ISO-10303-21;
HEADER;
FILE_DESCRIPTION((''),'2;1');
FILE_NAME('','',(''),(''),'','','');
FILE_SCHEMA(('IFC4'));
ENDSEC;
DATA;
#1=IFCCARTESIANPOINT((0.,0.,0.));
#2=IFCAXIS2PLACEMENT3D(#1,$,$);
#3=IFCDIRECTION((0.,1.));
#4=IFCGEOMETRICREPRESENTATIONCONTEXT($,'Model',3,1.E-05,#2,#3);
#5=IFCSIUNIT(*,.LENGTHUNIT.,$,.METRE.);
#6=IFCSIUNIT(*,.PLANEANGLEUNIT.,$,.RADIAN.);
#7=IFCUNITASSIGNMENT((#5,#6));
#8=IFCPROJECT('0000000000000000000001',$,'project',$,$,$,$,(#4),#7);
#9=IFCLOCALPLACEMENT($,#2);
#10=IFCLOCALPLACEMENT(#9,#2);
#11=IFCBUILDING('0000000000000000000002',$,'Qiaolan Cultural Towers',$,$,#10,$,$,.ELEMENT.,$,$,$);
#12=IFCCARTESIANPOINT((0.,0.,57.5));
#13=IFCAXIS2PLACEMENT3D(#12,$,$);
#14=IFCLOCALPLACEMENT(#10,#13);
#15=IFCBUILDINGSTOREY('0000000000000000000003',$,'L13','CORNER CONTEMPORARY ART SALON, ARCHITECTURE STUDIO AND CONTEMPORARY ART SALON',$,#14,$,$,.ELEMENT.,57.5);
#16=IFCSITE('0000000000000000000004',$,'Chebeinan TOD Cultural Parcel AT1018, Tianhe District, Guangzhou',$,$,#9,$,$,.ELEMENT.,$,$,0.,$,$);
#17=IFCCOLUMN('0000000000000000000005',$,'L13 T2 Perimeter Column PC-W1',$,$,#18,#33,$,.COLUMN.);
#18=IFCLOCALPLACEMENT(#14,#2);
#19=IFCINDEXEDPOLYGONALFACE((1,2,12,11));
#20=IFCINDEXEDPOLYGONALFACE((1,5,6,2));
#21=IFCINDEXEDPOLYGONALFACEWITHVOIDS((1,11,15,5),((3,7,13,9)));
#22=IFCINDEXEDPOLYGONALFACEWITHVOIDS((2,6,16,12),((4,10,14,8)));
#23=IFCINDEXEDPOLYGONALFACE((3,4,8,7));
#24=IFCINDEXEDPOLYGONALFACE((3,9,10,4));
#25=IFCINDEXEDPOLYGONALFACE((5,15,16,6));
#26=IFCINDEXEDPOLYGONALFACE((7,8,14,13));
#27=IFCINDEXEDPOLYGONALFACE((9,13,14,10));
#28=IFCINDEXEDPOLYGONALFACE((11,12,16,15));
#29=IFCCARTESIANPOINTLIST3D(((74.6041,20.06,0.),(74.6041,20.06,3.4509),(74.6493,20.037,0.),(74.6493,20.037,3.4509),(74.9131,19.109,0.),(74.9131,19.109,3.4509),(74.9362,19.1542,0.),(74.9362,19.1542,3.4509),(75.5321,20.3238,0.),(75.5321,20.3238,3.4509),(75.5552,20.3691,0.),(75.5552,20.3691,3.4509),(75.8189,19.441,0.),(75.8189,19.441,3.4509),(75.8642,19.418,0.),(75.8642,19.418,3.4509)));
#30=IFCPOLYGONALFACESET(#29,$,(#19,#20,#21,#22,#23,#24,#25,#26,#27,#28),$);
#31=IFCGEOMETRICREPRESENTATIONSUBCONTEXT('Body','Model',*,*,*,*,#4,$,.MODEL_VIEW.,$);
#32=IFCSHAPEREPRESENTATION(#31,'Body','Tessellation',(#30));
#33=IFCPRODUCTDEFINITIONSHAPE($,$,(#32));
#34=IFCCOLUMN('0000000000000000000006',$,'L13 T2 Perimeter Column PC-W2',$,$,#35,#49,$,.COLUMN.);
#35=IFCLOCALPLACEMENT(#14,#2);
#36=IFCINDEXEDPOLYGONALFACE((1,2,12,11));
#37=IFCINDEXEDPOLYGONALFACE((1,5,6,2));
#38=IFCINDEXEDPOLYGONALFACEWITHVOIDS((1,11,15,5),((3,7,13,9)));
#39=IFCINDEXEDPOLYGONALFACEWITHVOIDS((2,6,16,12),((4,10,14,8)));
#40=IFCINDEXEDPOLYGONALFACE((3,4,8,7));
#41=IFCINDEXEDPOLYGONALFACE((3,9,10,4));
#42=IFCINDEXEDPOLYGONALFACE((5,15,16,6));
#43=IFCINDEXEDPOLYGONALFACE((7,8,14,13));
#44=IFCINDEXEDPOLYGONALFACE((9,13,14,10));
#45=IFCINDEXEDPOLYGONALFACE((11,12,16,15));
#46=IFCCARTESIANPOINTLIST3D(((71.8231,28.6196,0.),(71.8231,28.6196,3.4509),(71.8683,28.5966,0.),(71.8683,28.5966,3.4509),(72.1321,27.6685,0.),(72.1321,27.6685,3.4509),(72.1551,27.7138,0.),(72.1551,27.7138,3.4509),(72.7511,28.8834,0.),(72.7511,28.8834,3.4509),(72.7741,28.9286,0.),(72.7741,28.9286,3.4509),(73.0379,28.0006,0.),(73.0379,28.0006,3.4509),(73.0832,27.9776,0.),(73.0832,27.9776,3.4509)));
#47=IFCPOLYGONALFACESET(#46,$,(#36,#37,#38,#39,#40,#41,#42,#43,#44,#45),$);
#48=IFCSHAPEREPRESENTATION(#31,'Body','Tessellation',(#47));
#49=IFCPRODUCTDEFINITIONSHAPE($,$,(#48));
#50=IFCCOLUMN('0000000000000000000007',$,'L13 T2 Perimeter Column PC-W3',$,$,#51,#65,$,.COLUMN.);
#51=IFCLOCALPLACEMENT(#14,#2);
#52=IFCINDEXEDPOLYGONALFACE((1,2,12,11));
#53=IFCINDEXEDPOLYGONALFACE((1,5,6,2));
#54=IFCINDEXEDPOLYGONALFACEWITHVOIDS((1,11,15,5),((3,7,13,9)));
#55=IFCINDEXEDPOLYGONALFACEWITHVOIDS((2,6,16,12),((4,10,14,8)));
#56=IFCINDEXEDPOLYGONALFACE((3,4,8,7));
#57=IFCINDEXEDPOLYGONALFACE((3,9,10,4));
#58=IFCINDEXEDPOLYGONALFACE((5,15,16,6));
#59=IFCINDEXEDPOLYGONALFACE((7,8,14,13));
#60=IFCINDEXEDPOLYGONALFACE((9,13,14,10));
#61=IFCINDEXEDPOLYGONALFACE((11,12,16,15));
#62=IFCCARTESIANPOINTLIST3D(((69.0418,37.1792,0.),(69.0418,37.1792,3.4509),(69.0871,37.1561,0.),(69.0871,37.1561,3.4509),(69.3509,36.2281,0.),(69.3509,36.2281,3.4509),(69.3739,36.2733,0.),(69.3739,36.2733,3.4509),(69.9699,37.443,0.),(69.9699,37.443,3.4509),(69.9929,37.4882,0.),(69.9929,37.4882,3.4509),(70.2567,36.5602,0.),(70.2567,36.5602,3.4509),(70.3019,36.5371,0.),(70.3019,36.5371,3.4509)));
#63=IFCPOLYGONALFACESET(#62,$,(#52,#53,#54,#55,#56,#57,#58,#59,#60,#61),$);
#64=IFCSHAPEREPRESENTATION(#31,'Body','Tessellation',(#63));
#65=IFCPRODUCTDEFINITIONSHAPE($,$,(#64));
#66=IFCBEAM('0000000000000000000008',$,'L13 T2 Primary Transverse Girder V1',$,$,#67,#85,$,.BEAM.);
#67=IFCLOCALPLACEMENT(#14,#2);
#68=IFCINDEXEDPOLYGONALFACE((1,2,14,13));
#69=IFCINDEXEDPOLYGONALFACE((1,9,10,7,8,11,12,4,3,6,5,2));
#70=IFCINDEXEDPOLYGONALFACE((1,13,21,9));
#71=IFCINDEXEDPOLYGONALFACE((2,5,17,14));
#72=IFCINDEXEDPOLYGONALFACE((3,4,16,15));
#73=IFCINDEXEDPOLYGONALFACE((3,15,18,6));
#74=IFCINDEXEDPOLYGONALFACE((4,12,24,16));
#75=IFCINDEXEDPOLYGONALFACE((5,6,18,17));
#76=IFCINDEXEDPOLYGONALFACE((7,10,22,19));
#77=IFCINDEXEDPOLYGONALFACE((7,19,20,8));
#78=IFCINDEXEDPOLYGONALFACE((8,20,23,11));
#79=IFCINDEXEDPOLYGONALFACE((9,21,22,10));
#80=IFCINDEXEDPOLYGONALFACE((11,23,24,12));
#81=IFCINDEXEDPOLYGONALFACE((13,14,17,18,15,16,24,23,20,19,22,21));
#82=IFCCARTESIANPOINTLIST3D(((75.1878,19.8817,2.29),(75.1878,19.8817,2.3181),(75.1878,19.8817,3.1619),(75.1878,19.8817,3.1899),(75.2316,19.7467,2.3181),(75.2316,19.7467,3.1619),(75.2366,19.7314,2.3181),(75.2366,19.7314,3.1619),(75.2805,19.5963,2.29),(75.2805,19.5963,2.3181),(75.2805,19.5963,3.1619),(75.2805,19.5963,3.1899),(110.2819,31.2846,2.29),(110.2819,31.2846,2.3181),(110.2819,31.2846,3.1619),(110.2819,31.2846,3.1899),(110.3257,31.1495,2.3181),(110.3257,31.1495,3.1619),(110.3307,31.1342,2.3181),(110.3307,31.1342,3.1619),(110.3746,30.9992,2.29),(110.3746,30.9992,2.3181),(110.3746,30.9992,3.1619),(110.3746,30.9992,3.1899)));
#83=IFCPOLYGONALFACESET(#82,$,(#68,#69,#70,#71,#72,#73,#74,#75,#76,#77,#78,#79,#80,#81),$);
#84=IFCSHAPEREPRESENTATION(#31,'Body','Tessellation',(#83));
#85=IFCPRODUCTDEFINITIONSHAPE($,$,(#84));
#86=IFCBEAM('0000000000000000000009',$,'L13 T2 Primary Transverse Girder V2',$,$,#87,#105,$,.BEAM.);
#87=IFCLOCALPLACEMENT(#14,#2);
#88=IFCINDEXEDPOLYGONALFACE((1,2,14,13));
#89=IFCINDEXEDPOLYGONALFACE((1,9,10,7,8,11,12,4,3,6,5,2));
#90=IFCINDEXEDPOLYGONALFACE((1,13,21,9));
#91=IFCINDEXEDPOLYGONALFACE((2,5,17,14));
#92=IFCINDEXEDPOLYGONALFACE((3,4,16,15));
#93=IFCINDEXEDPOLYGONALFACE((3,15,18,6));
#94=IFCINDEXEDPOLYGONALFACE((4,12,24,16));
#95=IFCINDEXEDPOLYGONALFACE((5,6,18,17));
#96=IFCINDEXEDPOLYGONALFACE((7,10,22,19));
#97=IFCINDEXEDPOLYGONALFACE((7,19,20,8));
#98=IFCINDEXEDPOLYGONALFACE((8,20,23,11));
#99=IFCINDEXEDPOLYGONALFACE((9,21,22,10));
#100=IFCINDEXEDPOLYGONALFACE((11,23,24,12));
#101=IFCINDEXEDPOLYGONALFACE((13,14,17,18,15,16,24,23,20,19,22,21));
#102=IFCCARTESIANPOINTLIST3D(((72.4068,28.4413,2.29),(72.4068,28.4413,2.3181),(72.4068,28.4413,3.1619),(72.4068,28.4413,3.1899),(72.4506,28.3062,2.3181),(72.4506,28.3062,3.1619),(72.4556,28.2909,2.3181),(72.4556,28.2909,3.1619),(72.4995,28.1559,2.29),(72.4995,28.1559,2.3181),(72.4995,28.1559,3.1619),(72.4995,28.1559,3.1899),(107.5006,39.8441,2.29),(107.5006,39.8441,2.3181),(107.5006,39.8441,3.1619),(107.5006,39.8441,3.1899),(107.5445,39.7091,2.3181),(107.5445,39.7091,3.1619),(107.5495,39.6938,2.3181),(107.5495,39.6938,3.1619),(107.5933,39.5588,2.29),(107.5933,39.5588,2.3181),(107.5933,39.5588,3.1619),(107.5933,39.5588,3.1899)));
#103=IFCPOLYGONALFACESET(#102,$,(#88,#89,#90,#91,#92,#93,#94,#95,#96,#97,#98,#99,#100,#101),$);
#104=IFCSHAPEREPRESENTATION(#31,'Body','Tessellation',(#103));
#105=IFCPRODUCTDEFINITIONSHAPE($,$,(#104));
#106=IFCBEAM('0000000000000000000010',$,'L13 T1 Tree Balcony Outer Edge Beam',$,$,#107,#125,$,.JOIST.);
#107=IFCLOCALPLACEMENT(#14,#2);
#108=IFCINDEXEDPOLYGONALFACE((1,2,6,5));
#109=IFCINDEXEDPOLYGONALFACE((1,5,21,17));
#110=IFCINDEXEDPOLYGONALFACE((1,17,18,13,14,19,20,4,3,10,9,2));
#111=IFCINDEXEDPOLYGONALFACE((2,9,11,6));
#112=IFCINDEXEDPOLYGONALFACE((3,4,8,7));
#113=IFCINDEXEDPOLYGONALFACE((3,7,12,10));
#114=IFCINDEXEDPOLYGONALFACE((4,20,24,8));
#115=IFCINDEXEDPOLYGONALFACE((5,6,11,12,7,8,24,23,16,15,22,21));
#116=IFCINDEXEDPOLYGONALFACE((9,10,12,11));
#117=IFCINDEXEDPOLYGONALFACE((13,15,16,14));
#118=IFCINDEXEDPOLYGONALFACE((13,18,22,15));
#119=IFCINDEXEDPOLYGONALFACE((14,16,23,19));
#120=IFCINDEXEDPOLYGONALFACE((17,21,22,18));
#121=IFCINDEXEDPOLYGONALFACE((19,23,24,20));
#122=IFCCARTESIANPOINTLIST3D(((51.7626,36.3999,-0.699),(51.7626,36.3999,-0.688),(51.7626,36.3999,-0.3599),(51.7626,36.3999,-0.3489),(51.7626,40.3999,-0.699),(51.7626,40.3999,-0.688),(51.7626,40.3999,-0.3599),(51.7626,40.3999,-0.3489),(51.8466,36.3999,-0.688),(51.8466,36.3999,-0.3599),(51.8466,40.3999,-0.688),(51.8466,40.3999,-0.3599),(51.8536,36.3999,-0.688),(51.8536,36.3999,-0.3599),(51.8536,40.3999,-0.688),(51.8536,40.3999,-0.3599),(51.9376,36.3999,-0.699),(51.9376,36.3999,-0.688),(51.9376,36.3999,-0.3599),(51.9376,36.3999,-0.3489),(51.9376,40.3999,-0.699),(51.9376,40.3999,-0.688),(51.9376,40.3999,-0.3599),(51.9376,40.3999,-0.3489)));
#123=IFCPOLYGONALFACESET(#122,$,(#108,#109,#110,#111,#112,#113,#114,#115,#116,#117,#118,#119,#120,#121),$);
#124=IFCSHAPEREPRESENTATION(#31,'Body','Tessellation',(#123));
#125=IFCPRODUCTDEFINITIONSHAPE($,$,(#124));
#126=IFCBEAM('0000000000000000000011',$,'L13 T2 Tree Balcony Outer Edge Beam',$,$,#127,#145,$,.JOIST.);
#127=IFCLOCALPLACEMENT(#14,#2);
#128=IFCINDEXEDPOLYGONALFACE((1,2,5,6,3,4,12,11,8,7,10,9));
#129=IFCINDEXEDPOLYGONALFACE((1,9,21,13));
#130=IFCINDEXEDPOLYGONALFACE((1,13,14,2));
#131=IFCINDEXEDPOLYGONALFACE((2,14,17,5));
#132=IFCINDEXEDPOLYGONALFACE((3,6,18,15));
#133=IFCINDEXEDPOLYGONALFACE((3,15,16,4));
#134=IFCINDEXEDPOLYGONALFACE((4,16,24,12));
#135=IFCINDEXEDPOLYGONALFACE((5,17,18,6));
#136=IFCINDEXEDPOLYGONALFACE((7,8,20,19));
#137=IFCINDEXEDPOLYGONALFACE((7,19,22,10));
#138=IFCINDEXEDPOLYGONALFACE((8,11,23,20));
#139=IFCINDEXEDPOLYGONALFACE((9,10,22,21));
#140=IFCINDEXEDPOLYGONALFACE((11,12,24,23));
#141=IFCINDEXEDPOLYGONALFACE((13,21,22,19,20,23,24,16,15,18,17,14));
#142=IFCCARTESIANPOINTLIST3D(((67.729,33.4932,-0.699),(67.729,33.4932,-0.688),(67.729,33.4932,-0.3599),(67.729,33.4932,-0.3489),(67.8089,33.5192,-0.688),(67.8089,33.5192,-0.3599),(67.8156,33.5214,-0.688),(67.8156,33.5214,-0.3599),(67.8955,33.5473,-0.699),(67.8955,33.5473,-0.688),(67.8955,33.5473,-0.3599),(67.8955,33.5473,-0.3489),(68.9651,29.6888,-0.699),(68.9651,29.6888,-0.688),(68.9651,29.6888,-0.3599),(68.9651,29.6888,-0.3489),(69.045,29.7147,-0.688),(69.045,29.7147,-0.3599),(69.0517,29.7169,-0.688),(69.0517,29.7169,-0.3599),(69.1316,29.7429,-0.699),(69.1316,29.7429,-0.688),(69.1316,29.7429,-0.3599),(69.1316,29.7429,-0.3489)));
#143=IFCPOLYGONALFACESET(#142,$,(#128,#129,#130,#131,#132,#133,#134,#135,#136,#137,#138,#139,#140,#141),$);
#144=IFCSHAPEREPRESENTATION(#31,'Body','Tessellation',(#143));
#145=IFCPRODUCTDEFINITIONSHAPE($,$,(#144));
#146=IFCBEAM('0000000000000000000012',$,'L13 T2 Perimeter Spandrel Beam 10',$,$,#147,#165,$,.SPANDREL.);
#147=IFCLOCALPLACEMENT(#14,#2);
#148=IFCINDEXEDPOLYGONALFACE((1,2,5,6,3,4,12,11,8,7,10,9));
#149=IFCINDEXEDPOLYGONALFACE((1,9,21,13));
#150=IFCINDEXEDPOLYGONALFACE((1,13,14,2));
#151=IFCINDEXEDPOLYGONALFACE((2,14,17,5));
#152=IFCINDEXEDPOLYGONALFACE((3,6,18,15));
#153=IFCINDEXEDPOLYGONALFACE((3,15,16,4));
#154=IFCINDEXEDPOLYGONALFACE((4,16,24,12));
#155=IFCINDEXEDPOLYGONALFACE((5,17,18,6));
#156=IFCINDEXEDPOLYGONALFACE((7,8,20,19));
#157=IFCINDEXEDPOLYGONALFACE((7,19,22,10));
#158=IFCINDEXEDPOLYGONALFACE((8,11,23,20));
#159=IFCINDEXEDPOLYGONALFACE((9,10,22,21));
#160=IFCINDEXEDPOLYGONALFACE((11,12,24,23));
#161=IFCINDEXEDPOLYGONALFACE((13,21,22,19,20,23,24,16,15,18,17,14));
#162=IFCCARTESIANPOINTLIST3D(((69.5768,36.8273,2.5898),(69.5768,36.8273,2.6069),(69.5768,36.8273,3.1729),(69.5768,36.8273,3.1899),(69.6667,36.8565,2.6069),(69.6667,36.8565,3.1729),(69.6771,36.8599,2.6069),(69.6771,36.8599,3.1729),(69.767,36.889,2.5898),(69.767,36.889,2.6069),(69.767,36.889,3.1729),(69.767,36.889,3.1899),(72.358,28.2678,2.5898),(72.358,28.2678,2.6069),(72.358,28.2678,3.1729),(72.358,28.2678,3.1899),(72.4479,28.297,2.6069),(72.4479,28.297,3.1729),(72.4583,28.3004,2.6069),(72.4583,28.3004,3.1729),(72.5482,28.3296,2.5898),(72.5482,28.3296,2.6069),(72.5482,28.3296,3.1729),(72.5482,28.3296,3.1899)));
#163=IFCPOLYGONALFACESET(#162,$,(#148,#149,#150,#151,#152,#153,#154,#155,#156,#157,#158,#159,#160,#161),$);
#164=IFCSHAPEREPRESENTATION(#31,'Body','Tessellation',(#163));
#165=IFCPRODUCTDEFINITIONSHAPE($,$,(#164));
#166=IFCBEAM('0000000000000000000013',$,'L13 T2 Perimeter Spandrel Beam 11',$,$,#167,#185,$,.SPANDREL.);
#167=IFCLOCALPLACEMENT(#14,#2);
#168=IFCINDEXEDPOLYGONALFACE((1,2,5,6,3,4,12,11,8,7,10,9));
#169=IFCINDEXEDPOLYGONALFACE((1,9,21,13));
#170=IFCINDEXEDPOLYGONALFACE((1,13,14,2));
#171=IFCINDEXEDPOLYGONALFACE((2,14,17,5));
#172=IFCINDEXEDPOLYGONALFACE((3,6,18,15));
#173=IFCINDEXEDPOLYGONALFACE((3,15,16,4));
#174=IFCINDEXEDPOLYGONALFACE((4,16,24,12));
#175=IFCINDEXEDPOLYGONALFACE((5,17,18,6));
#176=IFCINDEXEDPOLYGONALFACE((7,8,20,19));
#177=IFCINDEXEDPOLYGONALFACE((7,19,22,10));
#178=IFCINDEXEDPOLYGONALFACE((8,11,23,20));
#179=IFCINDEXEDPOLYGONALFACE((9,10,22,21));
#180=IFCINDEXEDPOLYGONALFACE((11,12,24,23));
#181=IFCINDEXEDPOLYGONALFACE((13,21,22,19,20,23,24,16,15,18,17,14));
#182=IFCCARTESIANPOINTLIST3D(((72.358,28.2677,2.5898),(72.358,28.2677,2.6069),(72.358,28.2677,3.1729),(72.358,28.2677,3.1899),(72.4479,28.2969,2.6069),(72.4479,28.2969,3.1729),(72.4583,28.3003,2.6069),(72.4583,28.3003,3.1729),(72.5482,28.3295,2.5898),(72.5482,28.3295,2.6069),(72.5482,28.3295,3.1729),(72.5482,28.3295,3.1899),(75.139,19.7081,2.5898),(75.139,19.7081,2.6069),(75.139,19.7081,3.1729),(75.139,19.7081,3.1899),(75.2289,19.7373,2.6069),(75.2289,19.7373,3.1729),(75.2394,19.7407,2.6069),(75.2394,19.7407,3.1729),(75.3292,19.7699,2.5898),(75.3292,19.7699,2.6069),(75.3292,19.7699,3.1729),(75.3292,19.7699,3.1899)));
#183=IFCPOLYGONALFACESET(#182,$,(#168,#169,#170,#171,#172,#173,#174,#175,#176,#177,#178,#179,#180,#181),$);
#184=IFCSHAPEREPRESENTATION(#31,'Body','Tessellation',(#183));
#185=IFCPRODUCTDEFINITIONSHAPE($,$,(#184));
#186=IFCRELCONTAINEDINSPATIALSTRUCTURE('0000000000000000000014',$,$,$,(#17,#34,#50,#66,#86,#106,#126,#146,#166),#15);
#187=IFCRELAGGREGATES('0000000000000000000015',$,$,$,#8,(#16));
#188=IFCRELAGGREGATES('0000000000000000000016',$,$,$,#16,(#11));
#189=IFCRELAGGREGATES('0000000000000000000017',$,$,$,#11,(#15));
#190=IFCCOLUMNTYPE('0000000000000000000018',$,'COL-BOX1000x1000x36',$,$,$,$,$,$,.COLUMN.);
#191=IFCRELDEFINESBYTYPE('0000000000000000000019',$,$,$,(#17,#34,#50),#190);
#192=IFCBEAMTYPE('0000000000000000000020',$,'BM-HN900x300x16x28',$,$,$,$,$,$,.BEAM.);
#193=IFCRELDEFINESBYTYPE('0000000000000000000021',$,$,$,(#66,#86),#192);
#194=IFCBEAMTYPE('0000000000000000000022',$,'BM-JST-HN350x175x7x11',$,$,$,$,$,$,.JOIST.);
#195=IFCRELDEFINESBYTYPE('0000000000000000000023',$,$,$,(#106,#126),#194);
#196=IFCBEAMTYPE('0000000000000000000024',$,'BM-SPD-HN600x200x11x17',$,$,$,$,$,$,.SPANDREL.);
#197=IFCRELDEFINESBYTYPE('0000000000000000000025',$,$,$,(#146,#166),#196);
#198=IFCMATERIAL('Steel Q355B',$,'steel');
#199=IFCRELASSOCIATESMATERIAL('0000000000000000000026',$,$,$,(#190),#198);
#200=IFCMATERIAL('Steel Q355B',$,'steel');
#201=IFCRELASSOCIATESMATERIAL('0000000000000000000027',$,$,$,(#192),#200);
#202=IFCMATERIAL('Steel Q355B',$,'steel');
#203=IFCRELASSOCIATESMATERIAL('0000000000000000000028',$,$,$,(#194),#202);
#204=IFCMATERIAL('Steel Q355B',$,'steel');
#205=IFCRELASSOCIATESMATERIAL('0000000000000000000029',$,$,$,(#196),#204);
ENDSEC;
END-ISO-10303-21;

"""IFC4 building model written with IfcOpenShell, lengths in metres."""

from ifc_helpers import new_model, si_unit, direction, frame, origin, origin_2d, place, context, subcontext, project, spatial, hollow_rectangle, i_section, extrude, material, material_profile, profile_set, type_object, element, save


model = new_model("IFC4")

# Units and contexts
model_context = context("Model", 3, precision=1e-05, world=origin(), true_north=direction((0.0, 1.0)))
body_context = subcontext(model_context, "Body", "Model", "MODEL_VIEW")
ifc_project = project(units=[si_unit("LENGTHUNIT", "METRE"), si_unit("PLANEANGLEUNIT", "RADIAN")], contexts=[model_context])

# Site, building, storey
site_placement = place(None, origin())
site = spatial("IfcSite", under=ifc_project, at=site_placement, Name="Chebeinan TOD Cultural Parcel AT1018, Tianhe District, Guangzhou", CompositionType="ELEMENT", RefElevation=0.0)
building_placement = place(site_placement, origin())
building = spatial("IfcBuilding", under=site, at=building_placement, Name="Qiaolan Cultural Towers", CompositionType="ELEMENT")
storey_placement = place(building_placement, frame((0.0, 0.0, 57.5)))
storey = spatial("IfcBuildingStorey", under=building, at=storey_placement, Name="L13", Description="CORNER CONTEMPORARY ART SALON, ARCHITECTURE STUDIO AND CONTEMPORARY ART SALON", CompositionType="ELEMENT", Elevation=57.5)

# Columns
ifc_material_1 = material(Name="Steel Q355B", Category="steel")
ifc_material_profile_1 = material_profile(ifc_material_1, hollow_rectangle(XDim=1.0, YDim=1.0, WallThickness=0.0359, at=origin_2d()), Name="BOX1000x1000x36")
ifc_profile_set_1 = profile_set([ifc_material_profile_1], Name="Steel Q355B")
column_type = type_object("IfcColumnType", Name="COL-BOX1000x1000x36", PredefinedType="COLUMN", material=ifc_profile_set_1)
for number, where, z_axis, x_axis, name in (
    (1, (75.2341, 19.739, 0.0), (0.0, 0.0, 1.0), (0.951057, 0.309017, 0.0), "L13 T2 Perimeter Column PC-W1"),
    (2, (72.4531, 28.2986, 0.0), (0.0, 0.0, 1.0), (0.951057, 0.309017, 0.0), "L13 T2 Perimeter Column PC-W2"),
    (3, (69.6719, 36.8582, 0.0), (0.0, 0.0, 1.0), (0.951057, 0.309017, 0.0), "L13 T2 Perimeter Column PC-W3"),
):
    element("IfcColumn", number, at=place(storey_placement, frame(where, z_axis=z_axis, x_axis=x_axis)), inside=storey, type_object=column_type, Name=name, PredefinedType="COLUMN", context=body_context, shape_type="SweptSolid", body=[
        extrude(hollow_rectangle(XDim=1.0, YDim=1.0, WallThickness=0.0359, at=origin_2d()), origin(), (0.0, 0.0, 1.0), 3.4509),
    ])

# Beams
ifc_material_2 = material(Name="Steel Q355B", Category="steel")
ifc_material_profile_2 = material_profile(ifc_material_2, i_section(OverallWidth=0.3, OverallDepth=0.8999, WebThickness=0.0161, FlangeThickness=0.0281, at=origin_2d()), Name="HN900x300x16x28")
ifc_profile_set_2 = profile_set([ifc_material_profile_2], Name="Steel Q355B")
beam_type_1 = type_object("IfcBeamType", Name="BM-HN900x300x16x28", PredefinedType="BEAM", material=ifc_profile_set_2)
beam_1_placement = place(storey_placement, frame((75.2341, 19.739, 2.74), z_axis=(0.951056, 0.309019, 0.0), x_axis=(-0.309019, 0.951056, 0.0)))
element("IfcBeam", 4, at=beam_1_placement, inside=storey, type_object=beam_type_1, Name="L13 T2 Primary Transverse Girder V1", PredefinedType="BEAM", context=body_context, shape_type="SweptSolid", body=[
    extrude(i_section(OverallWidth=0.3, OverallDepth=0.8999, WebThickness=0.0161, FlangeThickness=0.0281, at=origin_2d()), origin(), (0.0, 0.0, 1.0), 36.9001),
])
beam_2_placement = place(storey_placement, frame((72.4531, 28.2986, 2.74), z_axis=(0.951055, 0.309021, 0.0), x_axis=(-0.309021, 0.951055, 0.0)))
element("IfcBeam", 5, at=beam_2_placement, inside=storey, type_object=beam_type_1, Name="L13 T2 Primary Transverse Girder V2", PredefinedType="BEAM", context=body_context, shape_type="SweptSolid", body=[
    extrude(i_section(OverallWidth=0.3, OverallDepth=0.8999, WebThickness=0.0161, FlangeThickness=0.0281, at=origin_2d()), origin(), (0.0, 0.0, 1.0), 36.8999),
])
ifc_material_3 = material(Name="Steel Q355B", Category="steel")
ifc_material_profile_3 = material_profile(ifc_material_3, i_section(OverallWidth=0.175, OverallDepth=0.3501, WebThickness=0.0071, FlangeThickness=0.011, at=origin_2d()), Name="HN350x175x7x11")
ifc_profile_set_3 = profile_set([ifc_material_profile_3], Name="Steel Q355B")
beam_type_2 = type_object("IfcBeamType", Name="BM-JST-HN350x175x7x11", PredefinedType="JOIST", material=ifc_profile_set_3)
beam_3_placement = place(storey_placement, frame((51.8501, 36.3999, -0.5239), z_axis=(0.0, 1.0, 0.0), x_axis=(-1.0, 0.0, 0.0)))
element("IfcBeam", 6, at=beam_3_placement, inside=storey, type_object=beam_type_2, Name="L13 T1 Tree Balcony Outer Edge Beam", PredefinedType="JOIST", context=body_context, shape_type="SweptSolid", body=[
    extrude(i_section(OverallWidth=0.175, OverallDepth=0.3501, WebThickness=0.0071, FlangeThickness=0.011, at=origin_2d()), origin(), (0.0, 0.0, 1.0), 4.0),
])
beam_4_placement = place(storey_placement, frame((69.0483, 29.7158, -0.5239), z_axis=(-0.309005, 0.951061, 0.0), x_axis=(-0.951061, -0.309005, 0.0)))
element("IfcBeam", 7, at=beam_4_placement, inside=storey, type_object=beam_type_2, Name="L13 T2 Tree Balcony Outer Edge Beam", PredefinedType="JOIST", context=body_context, shape_type="SweptSolid", body=[
    extrude(i_section(OverallWidth=0.175, OverallDepth=0.3501, WebThickness=0.0071, FlangeThickness=0.011, at=origin_2d()), origin(), (0.0, 0.0, 1.0), 4.0002),
])
ifc_material_4 = material(Name="Steel Q355B", Category="steel")
ifc_material_profile_4 = material_profile(ifc_material_4, i_section(OverallWidth=0.2, OverallDepth=0.6001, WebThickness=0.011, FlangeThickness=0.0171, at=origin_2d()), Name="HN600x200x11x17")
ifc_profile_set_4 = profile_set([ifc_material_profile_4], Name="Steel Q355B")
beam_type_3 = type_object("IfcBeamType", Name="BM-SPD-HN600x200x11x17", PredefinedType="SPANDREL", material=ifc_profile_set_4)
for number, where, z_axis, x_axis, name in (
    (8, (69.6719, 36.8582, 2.8899), (0.309025, -0.951054, 0.0), (0.951054, 0.309025, 0.0), "L13 T2 Perimeter Spandrel Beam 10"),
    (9, (72.4531, 28.2986, 2.8899), (0.309, -0.951062, 0.0), (0.951062, 0.309, 0.0), "L13 T2 Perimeter Spandrel Beam 11"),
):
    element("IfcBeam", number, at=place(storey_placement, frame(where, z_axis=z_axis, x_axis=x_axis)), inside=storey, type_object=beam_type_3, Name=name, PredefinedType="SPANDREL", context=body_context, shape_type="SweptSolid", body=[
        extrude(i_section(OverallWidth=0.2, OverallDepth=0.6001, WebThickness=0.011, FlangeThickness=0.0171, at=origin_2d()), origin(), (0.0, 0.0, 1.0), 9.0),
    ])

save(model, "model.ifc")
